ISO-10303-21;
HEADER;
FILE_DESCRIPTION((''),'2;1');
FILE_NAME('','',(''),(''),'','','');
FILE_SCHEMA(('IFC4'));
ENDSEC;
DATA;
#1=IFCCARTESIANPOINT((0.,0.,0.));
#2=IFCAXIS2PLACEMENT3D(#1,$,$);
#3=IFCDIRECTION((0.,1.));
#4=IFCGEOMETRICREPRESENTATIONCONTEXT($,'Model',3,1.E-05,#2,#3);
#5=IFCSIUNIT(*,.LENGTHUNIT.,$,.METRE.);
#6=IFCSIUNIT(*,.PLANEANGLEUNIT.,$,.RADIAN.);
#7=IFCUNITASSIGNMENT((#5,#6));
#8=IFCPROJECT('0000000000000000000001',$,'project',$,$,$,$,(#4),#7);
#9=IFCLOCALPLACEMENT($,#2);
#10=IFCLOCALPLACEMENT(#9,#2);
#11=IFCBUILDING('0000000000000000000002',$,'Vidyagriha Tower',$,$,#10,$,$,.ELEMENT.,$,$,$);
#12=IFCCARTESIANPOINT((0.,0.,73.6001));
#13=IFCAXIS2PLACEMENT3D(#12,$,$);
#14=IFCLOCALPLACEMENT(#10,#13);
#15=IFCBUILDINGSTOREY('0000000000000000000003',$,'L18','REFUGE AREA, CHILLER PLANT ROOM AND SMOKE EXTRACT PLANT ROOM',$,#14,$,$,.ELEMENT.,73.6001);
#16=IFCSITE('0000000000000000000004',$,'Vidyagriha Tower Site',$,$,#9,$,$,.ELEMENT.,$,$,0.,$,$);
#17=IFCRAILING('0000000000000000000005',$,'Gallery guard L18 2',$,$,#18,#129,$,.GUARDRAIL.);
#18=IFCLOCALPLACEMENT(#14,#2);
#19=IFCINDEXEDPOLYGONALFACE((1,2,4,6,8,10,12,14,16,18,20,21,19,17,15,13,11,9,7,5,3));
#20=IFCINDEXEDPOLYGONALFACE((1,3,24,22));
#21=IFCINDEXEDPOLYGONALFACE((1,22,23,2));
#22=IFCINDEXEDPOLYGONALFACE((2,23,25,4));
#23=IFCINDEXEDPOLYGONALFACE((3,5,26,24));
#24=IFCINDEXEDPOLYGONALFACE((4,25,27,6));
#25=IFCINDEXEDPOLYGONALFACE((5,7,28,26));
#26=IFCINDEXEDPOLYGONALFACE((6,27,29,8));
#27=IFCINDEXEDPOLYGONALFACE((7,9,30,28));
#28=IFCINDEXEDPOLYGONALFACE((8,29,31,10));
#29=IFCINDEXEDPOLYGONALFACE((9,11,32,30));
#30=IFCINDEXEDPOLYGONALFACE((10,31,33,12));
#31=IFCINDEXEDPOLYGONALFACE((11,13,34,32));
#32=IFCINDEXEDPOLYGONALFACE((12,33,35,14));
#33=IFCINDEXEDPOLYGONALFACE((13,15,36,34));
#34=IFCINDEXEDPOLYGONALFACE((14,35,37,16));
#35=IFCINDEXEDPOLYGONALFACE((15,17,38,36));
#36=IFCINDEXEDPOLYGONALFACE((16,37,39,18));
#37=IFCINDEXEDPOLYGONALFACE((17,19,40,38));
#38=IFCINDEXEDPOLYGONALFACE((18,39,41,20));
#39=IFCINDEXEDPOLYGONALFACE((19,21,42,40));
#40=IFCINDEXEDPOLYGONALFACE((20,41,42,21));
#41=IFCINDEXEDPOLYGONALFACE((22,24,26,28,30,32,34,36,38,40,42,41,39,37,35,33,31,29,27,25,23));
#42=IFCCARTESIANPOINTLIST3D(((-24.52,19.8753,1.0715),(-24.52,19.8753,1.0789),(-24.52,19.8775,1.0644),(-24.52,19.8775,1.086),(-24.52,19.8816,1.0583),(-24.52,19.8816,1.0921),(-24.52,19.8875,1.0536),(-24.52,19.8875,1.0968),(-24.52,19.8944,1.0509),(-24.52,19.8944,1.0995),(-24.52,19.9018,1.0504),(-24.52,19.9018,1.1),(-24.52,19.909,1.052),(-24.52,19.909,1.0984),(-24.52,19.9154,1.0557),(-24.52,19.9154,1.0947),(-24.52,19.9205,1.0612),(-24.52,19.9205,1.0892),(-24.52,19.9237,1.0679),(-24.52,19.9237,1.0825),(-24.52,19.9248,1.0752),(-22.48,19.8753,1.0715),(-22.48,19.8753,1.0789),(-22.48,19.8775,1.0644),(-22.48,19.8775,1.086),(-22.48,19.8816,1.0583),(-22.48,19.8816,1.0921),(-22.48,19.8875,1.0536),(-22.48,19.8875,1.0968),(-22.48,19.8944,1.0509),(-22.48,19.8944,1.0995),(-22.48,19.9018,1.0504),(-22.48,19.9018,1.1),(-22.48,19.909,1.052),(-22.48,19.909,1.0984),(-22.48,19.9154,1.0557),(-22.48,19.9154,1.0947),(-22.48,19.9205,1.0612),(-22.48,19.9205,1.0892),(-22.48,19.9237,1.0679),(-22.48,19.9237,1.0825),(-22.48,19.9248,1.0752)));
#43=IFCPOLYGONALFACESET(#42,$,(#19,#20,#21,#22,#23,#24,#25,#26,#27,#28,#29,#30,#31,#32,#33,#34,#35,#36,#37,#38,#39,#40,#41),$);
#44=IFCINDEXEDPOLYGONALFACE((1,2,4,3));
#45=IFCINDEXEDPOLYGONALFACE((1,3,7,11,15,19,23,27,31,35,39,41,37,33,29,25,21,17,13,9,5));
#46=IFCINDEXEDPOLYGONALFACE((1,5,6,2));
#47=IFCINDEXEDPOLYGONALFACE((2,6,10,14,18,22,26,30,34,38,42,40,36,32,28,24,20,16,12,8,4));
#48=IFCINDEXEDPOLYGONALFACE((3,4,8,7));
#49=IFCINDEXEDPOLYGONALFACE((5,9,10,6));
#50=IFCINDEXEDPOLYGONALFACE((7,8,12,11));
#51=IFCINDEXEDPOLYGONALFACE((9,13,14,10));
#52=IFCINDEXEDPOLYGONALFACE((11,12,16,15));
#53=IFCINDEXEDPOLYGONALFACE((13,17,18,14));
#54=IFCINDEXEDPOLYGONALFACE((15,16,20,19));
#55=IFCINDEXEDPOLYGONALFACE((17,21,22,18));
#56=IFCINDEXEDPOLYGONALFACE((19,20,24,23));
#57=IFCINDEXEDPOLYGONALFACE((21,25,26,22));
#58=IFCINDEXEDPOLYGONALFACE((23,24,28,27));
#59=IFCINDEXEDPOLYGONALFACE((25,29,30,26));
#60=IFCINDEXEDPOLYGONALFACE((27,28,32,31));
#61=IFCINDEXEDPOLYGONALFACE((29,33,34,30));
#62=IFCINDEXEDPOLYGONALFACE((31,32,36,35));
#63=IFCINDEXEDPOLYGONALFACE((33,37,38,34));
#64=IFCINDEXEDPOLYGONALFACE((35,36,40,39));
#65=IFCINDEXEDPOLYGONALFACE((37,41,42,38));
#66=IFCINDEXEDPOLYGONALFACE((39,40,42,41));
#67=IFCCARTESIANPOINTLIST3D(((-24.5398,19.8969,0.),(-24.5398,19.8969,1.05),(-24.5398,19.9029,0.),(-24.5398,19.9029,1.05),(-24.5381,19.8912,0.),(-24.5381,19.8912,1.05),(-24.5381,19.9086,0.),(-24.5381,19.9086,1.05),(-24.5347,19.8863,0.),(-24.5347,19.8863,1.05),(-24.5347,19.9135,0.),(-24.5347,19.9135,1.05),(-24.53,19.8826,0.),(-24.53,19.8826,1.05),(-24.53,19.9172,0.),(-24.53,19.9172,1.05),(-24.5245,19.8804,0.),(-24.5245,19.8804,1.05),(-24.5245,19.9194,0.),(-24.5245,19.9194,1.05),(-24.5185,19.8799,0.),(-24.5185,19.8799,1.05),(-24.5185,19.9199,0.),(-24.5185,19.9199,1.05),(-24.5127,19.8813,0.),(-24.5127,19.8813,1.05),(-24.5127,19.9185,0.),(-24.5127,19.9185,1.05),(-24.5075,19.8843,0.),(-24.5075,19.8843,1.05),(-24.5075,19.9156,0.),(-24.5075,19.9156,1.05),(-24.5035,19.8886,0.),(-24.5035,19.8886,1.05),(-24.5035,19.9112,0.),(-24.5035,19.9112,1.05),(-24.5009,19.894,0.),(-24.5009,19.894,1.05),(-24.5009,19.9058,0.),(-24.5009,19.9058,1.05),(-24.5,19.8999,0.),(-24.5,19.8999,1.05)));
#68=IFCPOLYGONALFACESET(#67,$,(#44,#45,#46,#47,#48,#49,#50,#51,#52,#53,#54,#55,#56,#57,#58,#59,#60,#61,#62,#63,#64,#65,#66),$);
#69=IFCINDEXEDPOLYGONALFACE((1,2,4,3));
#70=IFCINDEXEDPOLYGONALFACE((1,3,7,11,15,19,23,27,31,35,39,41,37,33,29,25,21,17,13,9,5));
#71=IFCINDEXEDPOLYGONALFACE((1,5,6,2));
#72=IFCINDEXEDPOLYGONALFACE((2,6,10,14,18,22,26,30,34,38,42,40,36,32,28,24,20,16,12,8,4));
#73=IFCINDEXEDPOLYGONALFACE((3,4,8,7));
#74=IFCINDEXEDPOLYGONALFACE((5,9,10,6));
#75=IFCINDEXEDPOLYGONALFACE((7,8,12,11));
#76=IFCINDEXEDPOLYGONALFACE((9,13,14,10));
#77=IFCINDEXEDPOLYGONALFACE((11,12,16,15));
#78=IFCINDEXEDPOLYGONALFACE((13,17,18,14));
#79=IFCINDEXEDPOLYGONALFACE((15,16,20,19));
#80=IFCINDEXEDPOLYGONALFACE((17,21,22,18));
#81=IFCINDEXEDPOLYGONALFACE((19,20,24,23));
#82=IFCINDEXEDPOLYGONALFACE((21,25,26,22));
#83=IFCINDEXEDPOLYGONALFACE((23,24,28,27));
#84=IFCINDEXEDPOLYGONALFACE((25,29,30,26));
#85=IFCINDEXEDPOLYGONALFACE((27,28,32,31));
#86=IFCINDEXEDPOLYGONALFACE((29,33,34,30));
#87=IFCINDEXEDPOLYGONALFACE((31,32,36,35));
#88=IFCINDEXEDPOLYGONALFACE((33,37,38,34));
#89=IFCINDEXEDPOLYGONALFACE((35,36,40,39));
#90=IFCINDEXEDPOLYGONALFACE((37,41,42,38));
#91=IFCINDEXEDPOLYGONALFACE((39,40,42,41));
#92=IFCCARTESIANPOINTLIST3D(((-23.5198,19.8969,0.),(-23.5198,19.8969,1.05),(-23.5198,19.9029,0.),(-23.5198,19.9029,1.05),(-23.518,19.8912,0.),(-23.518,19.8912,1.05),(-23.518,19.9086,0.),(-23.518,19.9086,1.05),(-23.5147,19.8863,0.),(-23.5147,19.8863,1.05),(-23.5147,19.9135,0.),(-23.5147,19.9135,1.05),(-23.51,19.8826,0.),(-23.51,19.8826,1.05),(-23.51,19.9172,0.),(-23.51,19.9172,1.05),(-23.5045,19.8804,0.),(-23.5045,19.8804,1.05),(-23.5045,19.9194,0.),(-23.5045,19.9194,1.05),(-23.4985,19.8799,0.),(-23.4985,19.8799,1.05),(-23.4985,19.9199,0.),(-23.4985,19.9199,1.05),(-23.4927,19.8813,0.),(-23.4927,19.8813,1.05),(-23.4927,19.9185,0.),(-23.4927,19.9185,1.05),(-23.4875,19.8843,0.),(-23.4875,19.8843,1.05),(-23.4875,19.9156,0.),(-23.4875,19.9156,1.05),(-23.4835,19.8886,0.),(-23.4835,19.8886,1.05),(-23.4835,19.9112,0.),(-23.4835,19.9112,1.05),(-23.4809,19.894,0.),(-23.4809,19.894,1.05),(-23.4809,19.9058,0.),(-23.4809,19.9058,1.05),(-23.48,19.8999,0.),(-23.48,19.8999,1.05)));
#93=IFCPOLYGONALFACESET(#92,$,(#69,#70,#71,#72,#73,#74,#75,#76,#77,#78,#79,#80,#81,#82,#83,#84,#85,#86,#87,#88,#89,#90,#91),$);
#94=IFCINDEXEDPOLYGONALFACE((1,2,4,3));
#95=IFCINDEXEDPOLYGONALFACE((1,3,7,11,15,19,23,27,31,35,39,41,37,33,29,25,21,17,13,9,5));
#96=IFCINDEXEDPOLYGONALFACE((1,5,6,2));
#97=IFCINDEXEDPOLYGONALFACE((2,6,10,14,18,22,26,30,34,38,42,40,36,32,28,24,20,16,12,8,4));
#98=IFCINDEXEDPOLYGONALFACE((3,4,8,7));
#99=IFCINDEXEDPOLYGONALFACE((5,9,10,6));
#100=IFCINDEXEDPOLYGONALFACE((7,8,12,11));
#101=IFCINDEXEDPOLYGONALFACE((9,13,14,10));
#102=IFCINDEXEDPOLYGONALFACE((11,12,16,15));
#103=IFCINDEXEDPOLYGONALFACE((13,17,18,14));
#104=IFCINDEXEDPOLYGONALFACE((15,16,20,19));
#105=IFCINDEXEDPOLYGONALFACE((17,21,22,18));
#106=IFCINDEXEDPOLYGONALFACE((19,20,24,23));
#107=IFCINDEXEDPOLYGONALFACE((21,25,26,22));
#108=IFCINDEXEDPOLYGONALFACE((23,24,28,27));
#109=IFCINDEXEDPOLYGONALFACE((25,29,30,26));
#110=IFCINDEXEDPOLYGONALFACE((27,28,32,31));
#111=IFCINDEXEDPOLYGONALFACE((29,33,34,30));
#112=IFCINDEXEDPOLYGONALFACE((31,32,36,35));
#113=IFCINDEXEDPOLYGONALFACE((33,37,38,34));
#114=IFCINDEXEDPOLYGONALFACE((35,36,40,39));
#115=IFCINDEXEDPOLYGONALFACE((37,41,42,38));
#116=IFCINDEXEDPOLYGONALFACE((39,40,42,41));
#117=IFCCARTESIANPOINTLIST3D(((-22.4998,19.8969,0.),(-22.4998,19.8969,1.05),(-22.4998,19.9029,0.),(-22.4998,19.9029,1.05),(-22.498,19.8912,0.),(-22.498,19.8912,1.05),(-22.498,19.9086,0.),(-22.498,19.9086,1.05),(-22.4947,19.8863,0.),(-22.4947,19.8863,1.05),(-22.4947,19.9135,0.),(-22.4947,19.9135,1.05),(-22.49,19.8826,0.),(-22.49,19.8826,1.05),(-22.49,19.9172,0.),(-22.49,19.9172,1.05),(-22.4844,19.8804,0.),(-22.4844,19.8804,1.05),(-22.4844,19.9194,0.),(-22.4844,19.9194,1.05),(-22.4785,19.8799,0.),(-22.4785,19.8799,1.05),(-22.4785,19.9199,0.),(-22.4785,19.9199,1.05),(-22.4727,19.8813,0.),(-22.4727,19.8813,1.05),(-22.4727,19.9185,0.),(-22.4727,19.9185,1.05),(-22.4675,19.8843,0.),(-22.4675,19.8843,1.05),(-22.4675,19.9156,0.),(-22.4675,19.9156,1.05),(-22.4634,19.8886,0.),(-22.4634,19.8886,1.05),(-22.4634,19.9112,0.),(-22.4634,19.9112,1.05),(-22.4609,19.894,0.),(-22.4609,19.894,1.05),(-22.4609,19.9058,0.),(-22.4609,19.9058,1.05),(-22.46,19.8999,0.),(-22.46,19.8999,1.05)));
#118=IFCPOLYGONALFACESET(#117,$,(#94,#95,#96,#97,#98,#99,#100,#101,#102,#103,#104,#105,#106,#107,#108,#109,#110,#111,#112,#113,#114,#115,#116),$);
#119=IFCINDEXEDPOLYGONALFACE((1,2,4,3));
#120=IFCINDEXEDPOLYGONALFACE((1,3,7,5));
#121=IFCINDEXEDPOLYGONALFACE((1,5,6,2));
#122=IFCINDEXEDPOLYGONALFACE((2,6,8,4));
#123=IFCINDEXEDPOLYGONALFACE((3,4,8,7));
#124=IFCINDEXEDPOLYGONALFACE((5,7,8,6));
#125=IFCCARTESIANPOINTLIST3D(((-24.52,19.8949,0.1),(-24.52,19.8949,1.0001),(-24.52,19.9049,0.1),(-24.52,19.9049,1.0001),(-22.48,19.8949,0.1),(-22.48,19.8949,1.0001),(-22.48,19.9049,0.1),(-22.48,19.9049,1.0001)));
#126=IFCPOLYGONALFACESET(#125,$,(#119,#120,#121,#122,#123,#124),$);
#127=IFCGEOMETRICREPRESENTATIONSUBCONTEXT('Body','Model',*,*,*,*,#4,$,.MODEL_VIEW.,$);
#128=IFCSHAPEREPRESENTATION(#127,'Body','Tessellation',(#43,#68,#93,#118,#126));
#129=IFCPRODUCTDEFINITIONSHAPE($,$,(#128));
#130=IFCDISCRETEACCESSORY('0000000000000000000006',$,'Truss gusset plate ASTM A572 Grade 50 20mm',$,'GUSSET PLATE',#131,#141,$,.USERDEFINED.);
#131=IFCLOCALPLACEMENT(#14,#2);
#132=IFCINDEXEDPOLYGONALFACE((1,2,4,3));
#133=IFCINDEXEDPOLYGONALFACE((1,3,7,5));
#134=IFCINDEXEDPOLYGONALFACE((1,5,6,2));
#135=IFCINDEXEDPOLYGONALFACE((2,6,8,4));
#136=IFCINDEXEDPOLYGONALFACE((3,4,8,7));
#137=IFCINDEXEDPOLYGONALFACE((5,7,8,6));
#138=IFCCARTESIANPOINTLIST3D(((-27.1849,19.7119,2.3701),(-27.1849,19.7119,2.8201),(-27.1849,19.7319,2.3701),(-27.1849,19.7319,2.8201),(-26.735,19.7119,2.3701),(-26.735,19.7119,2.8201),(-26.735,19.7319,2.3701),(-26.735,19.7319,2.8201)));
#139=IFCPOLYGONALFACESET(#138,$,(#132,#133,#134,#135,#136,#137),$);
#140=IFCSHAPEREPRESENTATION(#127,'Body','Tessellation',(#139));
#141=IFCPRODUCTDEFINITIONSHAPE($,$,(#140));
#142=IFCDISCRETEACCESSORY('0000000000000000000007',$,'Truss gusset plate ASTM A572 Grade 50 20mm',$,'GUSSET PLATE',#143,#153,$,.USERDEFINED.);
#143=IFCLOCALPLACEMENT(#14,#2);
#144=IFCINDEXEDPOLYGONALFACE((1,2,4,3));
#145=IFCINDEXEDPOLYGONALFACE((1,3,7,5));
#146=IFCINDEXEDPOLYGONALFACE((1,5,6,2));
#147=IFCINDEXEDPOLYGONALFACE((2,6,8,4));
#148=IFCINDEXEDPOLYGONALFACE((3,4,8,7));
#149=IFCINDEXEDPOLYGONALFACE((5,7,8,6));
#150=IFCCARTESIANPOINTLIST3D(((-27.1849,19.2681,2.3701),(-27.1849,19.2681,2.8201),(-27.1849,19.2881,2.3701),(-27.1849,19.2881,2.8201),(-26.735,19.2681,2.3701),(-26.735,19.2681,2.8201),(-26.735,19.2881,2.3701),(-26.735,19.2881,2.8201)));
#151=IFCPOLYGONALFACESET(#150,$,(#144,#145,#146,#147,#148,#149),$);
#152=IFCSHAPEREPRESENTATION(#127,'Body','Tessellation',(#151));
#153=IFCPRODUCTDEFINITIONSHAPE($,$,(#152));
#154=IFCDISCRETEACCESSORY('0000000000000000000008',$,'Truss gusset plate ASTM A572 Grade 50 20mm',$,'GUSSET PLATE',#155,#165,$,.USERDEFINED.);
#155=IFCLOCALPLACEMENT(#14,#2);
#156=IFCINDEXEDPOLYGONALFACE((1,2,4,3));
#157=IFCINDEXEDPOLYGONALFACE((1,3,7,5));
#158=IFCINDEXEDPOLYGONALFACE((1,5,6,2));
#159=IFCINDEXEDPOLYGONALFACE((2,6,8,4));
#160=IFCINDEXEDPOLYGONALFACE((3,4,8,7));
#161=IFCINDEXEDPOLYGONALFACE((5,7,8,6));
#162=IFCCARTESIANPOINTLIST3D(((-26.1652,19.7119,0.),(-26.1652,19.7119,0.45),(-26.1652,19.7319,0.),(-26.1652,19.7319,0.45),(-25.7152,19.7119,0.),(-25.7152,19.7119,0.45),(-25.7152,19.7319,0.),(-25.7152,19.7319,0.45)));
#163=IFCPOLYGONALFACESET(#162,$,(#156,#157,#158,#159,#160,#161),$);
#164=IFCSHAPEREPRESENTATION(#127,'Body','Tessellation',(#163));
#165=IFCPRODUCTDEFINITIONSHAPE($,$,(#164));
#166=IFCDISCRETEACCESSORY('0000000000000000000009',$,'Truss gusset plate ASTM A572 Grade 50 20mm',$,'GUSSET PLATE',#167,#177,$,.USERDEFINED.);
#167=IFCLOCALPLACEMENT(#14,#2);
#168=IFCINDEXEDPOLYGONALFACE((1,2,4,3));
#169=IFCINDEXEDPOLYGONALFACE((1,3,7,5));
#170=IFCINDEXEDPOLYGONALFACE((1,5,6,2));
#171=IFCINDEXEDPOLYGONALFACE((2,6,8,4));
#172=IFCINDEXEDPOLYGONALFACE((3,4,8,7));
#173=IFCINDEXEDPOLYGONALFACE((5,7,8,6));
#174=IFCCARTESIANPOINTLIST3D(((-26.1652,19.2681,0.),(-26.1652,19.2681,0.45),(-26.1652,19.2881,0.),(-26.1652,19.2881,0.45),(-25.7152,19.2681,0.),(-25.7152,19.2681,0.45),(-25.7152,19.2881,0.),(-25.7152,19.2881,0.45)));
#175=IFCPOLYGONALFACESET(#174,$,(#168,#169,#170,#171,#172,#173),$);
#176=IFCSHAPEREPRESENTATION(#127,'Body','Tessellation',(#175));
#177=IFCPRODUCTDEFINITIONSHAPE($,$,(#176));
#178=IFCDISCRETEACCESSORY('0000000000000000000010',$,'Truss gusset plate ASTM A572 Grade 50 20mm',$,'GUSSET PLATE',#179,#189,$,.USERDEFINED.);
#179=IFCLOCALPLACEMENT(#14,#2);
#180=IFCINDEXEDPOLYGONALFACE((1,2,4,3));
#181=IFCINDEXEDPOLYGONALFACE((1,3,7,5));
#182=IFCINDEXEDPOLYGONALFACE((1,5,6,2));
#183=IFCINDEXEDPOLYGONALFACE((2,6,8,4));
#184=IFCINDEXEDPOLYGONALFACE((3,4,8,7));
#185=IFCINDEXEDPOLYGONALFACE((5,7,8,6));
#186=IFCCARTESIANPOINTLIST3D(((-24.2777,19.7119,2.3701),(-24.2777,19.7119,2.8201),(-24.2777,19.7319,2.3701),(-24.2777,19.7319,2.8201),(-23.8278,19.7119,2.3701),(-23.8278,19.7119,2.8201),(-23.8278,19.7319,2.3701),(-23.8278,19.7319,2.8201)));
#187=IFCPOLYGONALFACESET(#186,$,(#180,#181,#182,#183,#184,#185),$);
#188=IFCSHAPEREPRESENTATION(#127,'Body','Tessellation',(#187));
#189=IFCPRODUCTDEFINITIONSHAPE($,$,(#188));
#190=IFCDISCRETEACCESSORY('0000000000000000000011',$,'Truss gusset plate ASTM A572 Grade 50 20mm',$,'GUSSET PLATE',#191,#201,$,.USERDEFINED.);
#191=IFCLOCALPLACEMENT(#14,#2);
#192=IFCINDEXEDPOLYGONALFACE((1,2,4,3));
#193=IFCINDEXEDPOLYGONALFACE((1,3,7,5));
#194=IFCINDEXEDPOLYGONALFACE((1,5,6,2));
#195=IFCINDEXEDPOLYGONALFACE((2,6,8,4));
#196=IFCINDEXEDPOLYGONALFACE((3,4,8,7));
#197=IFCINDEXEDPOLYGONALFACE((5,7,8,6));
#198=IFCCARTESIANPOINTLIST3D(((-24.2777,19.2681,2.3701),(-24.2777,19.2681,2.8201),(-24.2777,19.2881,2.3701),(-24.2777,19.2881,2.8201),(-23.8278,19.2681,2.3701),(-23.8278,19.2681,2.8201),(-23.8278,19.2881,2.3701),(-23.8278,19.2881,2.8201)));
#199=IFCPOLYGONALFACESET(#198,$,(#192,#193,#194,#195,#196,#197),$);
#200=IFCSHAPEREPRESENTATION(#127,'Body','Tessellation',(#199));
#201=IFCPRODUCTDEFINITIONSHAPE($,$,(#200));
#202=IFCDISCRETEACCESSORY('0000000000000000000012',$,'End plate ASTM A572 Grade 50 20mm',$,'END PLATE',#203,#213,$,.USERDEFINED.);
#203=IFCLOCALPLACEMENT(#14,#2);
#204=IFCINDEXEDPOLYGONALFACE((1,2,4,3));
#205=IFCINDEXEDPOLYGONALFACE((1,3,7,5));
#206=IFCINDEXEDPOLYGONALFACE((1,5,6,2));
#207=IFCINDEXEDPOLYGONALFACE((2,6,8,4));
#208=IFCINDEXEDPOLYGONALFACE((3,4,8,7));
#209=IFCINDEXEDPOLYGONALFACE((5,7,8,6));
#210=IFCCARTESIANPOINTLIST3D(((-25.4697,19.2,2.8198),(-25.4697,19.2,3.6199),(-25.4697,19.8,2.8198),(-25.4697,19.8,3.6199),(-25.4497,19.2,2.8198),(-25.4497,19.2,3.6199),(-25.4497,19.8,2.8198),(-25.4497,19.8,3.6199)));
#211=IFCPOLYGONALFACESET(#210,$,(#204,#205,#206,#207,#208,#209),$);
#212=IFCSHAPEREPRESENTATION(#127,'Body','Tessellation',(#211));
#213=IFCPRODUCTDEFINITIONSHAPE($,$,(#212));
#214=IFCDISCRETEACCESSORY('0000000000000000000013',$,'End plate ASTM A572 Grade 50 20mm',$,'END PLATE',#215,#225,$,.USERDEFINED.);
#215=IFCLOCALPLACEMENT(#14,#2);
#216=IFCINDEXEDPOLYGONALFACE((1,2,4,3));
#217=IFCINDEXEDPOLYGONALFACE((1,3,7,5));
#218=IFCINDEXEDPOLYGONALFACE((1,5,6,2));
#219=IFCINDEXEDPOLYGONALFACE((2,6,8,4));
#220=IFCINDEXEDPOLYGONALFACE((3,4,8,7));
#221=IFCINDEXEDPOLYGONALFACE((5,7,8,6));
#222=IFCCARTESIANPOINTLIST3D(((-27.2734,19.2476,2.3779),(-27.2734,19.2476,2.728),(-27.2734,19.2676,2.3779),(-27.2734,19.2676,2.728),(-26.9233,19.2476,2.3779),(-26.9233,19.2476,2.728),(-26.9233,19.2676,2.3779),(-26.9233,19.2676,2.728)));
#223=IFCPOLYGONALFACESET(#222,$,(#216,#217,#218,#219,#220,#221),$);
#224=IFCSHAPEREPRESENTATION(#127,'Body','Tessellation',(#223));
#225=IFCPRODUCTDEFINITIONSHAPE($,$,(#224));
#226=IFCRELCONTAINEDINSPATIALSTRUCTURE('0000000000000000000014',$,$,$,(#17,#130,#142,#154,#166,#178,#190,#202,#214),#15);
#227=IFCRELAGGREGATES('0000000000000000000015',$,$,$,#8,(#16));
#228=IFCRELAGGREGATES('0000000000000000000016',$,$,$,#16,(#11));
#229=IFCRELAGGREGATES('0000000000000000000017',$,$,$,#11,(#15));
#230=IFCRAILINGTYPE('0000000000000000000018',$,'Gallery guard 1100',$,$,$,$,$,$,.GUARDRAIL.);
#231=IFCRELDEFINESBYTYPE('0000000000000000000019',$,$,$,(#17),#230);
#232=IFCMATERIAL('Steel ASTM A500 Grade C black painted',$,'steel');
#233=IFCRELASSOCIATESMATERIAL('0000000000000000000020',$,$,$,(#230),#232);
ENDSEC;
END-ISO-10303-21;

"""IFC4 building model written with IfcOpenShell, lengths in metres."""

from ifc_helpers import new_model, si_unit, direction, frame, origin, origin_2d, place, context, subcontext, project, spatial, rectangle, circle, extrude, material, type_object, element, save


model = new_model("IFC4")

# Units and contexts
model_context = context("Model", 3, precision=1e-05, world=origin(), true_north=direction((0.0, 1.0)))
body_context = subcontext(model_context, "Body", "Model", "MODEL_VIEW")
ifc_project = project(units=[si_unit("LENGTHUNIT", "METRE"), si_unit("PLANEANGLEUNIT", "RADIAN")], contexts=[model_context])

# Site, building, storey
site_placement = place(None, origin())
site = spatial("IfcSite", under=ifc_project, at=site_placement, Name="Vidyagriha Tower Site", CompositionType="ELEMENT", RefElevation=0.0)
building_placement = place(site_placement, origin())
building = spatial("IfcBuilding", under=site, at=building_placement, Name="Vidyagriha Tower", CompositionType="ELEMENT")
storey_placement = place(building_placement, frame((0.0, 0.0, 73.6001)))
storey = spatial("IfcBuildingStorey", under=building, at=storey_placement, Name="L18", Description="REFUGE AREA, CHILLER PLANT ROOM AND SMOKE EXTRACT PLANT ROOM", CompositionType="ELEMENT", Elevation=73.6001)

# Railing
ifc_material_1 = material(Name="Steel ASTM A500 Grade C black painted", Category="steel")
railing_type = type_object("IfcRailingType", Name="Gallery guard 1100", PredefinedType="GUARDRAIL", material=ifc_material_1)
railing_placement = place(storey_placement, frame((-24.52, 19.8999, 0.0)))
element("IfcRailing", 1, at=railing_placement, inside=storey, type_object=railing_type, Name="Gallery guard L18 2", PredefinedType="GUARDRAIL", context=body_context, shape_type="SweptSolid", body=[
    extrude(circle(Radius=0.0249, at=origin_2d()), frame((0.0, 0.0, 1.0752), z_axis=(1.0, 0.0, 0.0), x_axis=(0.0, 1.0, 0.0)), (0.0, 0.0, 1.0), 2.04),
    extrude(circle(Radius=0.02, at=origin_2d()), origin(), (0.0, 0.0, 1.0), 1.05),
    extrude(circle(Radius=0.02, at=origin_2d()), frame((1.02, 0.0, 0.0)), (0.0, 0.0, 1.0), 1.05),
    extrude(circle(Radius=0.02, at=origin_2d()), frame((2.04, 0.0, 0.0)), (0.0, 0.0, 1.0), 1.05),
    extrude(rectangle(XDim=0.01, YDim=0.9001, at=origin_2d()), frame((0.0, 0.0, 0.55), z_axis=(1.0, 0.0, 0.0), x_axis=(0.0, 1.0, 0.0)), (0.0, 0.0, 1.0), 2.04),
])

# Discrete accessories
for number, where, name in (
    (2, (-26.96, 19.7219, 2.3701), "Truss gusset plate ASTM A572 Grade 50 20mm"),
    (3, (-26.96, 19.2781, 2.3701), "Truss gusset plate ASTM A572 Grade 50 20mm"),
    (4, (-25.9402, 19.7219, 0.0), "Truss gusset plate ASTM A572 Grade 50 20mm"),
    (5, (-25.9402, 19.2781, 0.0), "Truss gusset plate ASTM A572 Grade 50 20mm"),
    (6, (-24.0527, 19.7219, 2.3701), "Truss gusset plate ASTM A572 Grade 50 20mm"),
    (7, (-24.0527, 19.2781, 2.3701), "Truss gusset plate ASTM A572 Grade 50 20mm"),
):
    element("IfcDiscreteAccessory", number, at=place(storey_placement, frame(where)), inside=storey, Name=name, ObjectType="GUSSET PLATE", PredefinedType="USERDEFINED", context=body_context, shape_type="SweptSolid", body=[
        extrude(rectangle(XDim=0.45, YDim=0.02, at=origin_2d()), origin(), (0.0, 0.0, 1.0), 0.45),
    ])
discrete_accessory_1_placement = place(storey_placement, frame((-25.4597, 19.5, 2.8198)))
element("IfcDiscreteAccessory", 8, at=discrete_accessory_1_placement, inside=storey, Name="End plate ASTM A572 Grade 50 20mm", ObjectType="END PLATE", PredefinedType="USERDEFINED", context=body_context, shape_type="SweptSolid", body=[
    extrude(rectangle(XDim=0.02, YDim=0.6001, at=origin_2d()), origin(), (0.0, 0.0, 1.0), 0.8),
])
for number, where, z_axis, x_axis, name in (
    (9, (-27.0984, 19.2576, 2.3779), (0.0, 0.0, 1.0), (-1.0, 0.0, 0.0), "End plate ASTM A572 Grade 50 20mm"),
):
    element("IfcDiscreteAccessory", number, at=place(storey_placement, frame(where, z_axis=z_axis, x_axis=x_axis)), inside=storey, Name=name, ObjectType="END PLATE", PredefinedType="USERDEFINED", context=body_context, shape_type="SweptSolid", body=[
        extrude(rectangle(XDim=0.3501, YDim=0.02, at=origin_2d()), origin(), (0.0, 0.0, 1.0), 0.3501),
    ])

save(model, "model.ifc")
